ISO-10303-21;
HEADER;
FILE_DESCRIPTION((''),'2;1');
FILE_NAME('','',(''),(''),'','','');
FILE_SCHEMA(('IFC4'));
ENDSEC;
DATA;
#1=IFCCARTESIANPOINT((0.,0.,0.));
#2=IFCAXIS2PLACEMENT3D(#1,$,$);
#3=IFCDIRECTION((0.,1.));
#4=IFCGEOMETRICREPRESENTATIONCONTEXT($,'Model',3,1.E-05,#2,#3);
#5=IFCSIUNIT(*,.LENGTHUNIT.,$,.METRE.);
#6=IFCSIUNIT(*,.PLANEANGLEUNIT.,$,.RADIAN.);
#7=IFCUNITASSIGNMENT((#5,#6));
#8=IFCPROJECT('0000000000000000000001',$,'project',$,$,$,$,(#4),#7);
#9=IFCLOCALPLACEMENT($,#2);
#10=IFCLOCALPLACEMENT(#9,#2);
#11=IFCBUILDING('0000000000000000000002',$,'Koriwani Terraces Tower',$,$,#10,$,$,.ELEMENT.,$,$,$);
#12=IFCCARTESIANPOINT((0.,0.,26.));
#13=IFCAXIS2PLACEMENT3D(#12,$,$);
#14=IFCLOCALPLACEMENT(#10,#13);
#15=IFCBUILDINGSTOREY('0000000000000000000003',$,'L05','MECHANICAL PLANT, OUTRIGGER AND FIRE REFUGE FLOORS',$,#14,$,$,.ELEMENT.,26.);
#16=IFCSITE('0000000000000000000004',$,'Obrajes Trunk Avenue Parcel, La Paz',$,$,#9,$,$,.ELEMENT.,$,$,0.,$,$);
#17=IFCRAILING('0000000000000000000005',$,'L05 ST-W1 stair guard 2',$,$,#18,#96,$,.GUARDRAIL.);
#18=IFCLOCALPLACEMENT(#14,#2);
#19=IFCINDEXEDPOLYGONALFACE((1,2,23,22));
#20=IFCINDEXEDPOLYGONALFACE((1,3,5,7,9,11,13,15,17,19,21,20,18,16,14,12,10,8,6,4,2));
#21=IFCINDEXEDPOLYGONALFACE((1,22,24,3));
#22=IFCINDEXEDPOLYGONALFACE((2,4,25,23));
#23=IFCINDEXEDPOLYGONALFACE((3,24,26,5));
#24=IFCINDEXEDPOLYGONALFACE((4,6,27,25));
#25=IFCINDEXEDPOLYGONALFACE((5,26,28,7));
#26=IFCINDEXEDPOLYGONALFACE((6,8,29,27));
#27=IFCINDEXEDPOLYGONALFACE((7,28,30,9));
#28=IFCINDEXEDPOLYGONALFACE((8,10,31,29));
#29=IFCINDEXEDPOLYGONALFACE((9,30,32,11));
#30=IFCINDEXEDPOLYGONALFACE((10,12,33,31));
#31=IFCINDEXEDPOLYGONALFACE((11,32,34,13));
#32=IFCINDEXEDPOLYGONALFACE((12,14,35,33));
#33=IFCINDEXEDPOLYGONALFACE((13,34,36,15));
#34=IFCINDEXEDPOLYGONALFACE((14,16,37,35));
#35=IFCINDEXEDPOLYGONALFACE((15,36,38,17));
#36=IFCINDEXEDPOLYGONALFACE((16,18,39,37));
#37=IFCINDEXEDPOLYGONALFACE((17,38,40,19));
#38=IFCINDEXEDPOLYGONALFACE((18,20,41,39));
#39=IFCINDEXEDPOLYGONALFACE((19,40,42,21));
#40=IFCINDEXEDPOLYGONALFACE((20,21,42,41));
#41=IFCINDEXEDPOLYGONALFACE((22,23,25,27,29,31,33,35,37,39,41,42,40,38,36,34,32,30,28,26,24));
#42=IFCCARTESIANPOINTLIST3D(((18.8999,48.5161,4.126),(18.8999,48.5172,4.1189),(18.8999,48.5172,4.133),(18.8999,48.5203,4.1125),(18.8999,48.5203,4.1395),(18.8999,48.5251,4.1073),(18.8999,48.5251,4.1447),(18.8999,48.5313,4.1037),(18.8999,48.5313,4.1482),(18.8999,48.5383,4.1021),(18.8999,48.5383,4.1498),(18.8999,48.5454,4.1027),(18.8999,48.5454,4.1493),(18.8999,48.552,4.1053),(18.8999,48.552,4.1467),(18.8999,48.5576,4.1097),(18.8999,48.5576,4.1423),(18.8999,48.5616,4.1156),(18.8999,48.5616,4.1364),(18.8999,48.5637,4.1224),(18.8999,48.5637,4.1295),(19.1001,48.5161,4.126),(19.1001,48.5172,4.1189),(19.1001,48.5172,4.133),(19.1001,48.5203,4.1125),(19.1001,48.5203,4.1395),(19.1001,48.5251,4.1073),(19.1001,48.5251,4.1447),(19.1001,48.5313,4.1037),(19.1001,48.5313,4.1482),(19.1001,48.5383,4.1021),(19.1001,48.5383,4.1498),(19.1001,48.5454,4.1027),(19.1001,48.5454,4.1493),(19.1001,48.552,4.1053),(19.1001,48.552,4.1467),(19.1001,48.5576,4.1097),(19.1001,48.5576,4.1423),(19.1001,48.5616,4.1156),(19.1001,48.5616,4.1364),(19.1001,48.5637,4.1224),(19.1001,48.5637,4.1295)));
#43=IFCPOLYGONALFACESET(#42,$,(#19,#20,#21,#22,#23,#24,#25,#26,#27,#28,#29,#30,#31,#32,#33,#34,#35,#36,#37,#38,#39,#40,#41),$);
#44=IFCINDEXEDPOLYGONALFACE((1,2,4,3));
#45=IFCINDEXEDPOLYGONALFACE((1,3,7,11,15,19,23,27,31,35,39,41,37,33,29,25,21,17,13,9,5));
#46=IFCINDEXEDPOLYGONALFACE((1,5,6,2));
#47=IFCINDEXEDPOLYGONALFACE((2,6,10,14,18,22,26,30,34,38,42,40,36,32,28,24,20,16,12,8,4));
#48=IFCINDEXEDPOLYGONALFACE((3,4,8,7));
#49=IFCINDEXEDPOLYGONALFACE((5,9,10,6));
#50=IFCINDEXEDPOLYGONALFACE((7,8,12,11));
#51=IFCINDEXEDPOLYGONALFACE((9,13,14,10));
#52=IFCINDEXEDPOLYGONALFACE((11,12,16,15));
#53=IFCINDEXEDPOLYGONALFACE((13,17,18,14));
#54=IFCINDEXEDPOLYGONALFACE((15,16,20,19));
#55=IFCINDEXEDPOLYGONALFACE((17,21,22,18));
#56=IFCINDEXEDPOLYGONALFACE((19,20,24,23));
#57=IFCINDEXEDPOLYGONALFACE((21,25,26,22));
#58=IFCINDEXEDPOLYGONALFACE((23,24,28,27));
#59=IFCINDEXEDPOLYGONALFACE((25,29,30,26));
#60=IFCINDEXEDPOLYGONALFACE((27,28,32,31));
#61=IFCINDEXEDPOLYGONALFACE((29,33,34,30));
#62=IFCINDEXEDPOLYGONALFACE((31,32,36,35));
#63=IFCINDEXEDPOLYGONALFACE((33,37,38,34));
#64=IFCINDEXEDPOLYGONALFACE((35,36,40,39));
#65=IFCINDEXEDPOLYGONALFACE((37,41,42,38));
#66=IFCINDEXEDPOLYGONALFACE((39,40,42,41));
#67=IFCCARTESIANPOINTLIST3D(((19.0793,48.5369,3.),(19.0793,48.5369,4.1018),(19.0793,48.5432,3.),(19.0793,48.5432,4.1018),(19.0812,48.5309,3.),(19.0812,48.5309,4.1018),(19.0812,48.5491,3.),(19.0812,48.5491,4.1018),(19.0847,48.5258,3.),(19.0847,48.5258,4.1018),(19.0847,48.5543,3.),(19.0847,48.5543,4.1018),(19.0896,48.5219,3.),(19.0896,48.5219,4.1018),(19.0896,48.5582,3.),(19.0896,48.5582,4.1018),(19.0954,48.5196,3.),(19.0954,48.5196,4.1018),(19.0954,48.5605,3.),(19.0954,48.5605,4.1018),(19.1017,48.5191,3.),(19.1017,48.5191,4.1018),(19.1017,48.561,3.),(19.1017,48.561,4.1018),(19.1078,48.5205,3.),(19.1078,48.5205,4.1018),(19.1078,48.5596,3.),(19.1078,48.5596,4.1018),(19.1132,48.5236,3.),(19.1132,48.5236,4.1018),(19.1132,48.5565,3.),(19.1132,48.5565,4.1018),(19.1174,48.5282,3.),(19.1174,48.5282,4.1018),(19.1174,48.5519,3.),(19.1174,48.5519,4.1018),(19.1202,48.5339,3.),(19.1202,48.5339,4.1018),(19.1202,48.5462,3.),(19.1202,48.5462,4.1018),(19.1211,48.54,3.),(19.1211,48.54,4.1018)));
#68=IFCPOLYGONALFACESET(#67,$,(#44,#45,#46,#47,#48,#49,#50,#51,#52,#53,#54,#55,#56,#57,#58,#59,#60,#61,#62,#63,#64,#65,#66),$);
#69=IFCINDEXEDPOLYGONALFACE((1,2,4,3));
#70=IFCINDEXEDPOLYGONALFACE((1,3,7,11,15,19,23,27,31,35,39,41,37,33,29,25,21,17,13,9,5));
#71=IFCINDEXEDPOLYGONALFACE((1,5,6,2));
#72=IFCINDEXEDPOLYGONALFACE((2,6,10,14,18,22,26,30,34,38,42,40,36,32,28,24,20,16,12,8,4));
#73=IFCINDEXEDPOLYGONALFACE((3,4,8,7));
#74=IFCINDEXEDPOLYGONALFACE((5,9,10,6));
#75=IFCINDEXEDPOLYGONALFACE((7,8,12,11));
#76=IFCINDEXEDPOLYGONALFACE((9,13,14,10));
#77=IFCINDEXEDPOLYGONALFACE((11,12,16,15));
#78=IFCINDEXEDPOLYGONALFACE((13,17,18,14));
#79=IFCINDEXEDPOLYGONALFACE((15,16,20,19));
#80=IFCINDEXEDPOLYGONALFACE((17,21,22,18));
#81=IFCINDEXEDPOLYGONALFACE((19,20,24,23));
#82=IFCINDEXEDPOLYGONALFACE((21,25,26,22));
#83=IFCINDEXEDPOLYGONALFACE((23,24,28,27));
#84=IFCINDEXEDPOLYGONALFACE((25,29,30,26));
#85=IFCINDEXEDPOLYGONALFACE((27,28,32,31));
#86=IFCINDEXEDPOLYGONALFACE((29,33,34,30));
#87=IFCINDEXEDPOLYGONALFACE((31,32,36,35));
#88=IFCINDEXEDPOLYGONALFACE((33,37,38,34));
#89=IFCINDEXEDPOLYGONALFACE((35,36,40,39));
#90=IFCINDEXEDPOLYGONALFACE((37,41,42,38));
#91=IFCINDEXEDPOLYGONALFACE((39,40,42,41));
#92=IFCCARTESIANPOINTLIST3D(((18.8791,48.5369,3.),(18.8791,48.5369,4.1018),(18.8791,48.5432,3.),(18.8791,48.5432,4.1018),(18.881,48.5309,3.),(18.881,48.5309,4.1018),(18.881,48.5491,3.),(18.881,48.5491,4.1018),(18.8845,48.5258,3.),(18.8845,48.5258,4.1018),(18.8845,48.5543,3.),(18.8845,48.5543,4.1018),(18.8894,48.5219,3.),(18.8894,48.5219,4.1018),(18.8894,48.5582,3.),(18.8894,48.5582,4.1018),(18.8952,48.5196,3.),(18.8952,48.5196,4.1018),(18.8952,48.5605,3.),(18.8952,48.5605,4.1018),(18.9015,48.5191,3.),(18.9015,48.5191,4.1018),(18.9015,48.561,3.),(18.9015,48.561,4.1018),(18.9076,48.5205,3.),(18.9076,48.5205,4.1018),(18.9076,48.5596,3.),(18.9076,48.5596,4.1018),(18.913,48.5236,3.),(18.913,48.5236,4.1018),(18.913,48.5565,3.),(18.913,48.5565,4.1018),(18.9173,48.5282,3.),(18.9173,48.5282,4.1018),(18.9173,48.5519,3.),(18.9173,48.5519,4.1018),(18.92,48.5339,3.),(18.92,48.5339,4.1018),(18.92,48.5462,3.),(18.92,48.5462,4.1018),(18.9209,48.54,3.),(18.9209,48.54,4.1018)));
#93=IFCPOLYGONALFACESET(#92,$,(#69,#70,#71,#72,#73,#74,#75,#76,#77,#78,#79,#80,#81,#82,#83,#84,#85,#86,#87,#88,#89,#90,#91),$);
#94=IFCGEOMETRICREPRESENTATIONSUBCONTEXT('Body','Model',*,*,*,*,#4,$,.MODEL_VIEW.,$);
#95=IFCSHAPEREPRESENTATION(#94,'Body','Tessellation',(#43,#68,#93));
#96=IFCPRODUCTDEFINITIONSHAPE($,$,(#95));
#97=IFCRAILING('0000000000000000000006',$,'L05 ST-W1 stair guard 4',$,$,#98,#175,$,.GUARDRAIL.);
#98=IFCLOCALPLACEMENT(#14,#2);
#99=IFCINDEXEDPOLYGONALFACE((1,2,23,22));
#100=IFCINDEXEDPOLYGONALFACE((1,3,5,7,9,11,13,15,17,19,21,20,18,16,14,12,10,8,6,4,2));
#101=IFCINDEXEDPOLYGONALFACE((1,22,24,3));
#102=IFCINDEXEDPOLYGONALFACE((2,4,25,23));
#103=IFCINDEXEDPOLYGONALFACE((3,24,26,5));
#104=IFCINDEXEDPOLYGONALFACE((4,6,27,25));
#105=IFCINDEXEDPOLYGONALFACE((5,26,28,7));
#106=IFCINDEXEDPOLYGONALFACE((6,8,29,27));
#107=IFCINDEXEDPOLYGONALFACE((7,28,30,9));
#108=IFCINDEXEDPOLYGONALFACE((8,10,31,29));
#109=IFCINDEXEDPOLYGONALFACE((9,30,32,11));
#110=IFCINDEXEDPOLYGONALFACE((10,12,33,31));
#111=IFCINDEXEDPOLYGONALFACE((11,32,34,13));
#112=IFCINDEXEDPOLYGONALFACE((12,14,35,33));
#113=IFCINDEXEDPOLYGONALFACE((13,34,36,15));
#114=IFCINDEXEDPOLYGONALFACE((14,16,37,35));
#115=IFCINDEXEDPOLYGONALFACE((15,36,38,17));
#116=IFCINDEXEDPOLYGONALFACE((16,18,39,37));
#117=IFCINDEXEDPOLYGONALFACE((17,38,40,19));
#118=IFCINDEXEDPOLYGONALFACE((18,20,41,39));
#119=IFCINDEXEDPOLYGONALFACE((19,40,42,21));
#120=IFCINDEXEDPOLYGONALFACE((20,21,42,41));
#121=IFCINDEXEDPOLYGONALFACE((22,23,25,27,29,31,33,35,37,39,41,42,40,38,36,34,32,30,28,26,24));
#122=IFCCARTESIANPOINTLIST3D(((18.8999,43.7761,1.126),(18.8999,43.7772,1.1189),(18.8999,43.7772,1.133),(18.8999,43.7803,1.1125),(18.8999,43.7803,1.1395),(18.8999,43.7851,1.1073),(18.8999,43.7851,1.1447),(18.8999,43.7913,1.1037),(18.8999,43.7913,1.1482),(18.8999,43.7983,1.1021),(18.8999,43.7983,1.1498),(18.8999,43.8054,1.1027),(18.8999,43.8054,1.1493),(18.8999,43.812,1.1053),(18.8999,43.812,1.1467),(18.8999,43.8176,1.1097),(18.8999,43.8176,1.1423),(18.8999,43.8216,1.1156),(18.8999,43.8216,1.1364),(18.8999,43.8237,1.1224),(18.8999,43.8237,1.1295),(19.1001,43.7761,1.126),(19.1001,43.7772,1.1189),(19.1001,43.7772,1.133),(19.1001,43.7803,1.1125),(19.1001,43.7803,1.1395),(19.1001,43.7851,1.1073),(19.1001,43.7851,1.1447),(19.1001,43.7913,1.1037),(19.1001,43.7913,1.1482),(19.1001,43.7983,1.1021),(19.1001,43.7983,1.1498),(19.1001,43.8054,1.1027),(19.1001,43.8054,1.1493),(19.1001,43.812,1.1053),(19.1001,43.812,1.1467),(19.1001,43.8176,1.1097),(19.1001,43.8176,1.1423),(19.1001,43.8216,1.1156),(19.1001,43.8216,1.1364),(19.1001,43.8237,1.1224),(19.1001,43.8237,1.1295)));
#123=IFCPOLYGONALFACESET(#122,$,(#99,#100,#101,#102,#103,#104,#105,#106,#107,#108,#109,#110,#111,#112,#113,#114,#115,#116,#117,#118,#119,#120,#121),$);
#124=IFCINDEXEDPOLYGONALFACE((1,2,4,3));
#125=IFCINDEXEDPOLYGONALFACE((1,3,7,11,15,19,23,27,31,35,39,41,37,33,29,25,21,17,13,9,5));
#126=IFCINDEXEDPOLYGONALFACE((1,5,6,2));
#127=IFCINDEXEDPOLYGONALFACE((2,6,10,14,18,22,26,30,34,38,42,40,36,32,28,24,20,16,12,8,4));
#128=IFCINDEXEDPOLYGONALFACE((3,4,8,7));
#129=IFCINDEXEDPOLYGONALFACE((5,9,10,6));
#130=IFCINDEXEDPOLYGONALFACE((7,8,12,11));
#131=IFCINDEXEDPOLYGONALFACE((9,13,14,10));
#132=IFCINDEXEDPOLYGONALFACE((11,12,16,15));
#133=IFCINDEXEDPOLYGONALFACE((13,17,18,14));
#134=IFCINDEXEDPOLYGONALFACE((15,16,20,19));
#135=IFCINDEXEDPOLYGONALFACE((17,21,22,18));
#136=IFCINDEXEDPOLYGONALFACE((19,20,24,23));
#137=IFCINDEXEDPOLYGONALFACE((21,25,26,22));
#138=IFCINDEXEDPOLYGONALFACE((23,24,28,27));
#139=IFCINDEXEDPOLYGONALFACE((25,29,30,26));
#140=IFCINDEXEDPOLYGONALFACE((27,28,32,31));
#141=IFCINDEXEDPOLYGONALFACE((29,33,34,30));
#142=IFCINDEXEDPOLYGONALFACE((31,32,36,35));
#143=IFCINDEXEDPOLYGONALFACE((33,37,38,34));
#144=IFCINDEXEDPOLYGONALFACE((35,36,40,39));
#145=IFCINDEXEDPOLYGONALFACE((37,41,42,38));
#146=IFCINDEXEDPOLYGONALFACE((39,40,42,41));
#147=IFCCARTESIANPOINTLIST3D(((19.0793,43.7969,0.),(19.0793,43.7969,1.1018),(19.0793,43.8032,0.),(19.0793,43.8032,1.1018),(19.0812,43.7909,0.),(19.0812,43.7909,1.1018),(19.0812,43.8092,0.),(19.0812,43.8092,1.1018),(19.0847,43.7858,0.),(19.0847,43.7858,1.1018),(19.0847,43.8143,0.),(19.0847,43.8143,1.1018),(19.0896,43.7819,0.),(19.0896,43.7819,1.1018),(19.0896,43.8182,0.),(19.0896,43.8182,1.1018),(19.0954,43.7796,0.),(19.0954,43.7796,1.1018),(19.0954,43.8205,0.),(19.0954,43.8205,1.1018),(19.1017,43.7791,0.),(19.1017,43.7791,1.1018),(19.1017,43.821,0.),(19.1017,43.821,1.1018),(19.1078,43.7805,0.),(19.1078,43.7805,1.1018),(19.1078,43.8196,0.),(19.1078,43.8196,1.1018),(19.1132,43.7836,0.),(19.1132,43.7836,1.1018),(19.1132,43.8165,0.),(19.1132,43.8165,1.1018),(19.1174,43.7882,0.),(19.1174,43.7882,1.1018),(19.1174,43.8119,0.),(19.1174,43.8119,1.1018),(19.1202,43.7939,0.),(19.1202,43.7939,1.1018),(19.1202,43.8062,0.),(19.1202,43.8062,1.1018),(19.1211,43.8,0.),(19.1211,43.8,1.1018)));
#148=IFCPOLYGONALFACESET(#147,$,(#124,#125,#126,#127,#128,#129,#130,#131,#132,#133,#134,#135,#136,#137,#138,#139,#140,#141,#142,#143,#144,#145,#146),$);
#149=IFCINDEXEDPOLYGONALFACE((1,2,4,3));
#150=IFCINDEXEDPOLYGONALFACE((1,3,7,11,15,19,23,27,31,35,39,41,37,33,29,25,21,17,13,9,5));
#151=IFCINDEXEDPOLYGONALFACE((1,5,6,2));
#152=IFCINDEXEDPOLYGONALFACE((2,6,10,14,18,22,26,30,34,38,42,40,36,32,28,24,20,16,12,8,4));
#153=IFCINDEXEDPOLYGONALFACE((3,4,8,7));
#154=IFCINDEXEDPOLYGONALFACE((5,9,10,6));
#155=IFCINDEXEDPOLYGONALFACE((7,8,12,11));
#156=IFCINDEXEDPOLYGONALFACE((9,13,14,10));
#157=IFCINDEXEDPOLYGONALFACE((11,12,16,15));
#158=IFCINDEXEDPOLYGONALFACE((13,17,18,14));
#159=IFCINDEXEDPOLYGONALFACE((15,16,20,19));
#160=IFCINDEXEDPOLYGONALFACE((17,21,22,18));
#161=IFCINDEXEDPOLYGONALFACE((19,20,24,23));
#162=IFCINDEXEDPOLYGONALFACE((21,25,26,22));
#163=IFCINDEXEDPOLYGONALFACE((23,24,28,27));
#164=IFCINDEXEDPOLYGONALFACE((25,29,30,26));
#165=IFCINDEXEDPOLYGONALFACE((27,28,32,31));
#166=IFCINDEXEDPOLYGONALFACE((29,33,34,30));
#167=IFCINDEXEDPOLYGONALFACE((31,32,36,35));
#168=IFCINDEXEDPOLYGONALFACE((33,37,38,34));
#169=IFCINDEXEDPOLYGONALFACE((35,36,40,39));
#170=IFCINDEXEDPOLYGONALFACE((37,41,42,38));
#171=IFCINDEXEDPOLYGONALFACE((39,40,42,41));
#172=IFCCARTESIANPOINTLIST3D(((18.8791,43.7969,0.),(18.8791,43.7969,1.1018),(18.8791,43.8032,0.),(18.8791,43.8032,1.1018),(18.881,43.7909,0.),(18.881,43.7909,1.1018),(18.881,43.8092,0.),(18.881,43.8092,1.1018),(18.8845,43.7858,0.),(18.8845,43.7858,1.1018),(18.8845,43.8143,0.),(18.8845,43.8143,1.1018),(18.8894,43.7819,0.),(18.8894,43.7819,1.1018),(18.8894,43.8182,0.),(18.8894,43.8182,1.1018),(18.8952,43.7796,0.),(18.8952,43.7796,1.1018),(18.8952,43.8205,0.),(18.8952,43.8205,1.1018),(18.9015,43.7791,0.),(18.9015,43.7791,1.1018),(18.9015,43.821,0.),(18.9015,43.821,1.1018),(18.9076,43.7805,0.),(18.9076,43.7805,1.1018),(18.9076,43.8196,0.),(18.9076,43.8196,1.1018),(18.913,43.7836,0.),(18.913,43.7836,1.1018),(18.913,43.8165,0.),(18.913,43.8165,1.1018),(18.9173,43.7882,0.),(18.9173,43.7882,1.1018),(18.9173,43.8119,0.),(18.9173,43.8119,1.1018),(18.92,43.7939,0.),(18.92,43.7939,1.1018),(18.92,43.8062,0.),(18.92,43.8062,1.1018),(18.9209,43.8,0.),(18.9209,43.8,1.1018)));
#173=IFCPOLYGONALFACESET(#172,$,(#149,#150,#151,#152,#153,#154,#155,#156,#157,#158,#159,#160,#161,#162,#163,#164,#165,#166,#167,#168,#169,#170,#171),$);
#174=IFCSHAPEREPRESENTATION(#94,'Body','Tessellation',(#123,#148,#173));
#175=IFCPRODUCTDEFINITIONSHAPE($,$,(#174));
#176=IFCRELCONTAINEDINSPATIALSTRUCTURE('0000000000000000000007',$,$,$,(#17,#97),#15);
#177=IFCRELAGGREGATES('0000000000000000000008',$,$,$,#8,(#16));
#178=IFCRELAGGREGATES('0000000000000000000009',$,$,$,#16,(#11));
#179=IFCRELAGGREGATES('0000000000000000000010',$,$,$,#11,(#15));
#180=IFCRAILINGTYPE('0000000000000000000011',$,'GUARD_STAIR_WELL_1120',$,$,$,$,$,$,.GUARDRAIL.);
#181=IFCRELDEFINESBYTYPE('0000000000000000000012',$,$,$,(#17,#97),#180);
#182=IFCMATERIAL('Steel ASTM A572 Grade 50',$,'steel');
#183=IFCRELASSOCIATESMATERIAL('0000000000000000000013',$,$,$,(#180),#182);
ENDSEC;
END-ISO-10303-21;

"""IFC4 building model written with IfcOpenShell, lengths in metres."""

from ifc_helpers import new_model, si_unit, direction, frame, origin, origin_2d, place, context, subcontext, project, spatial, circle, extrude, material, type_object, element, save


model = new_model("IFC4")

# Units and contexts
model_context = context("Model", 3, precision=1e-05, world=origin(), true_north=direction((0.0, 1.0)))
body_context = subcontext(model_context, "Body", "Model", "MODEL_VIEW")
ifc_project = project(units=[si_unit("LENGTHUNIT", "METRE"), si_unit("PLANEANGLEUNIT", "RADIAN")], contexts=[model_context])

# Site, building, storey
site_placement = place(None, origin())
site = spatial("IfcSite", under=ifc_project, at=site_placement, Name="Obrajes Trunk Avenue Parcel, La Paz", CompositionType="ELEMENT", RefElevation=0.0)
building_placement = place(site_placement, origin())
building = spatial("IfcBuilding", under=site, at=building_placement, Name="Koriwani Terraces Tower", CompositionType="ELEMENT")
storey_placement = place(building_placement, frame((0.0, 0.0, 26.0)))
storey = spatial("IfcBuildingStorey", under=building, at=storey_placement, Name="L05", Description="MECHANICAL PLANT, OUTRIGGER AND FIRE REFUGE FLOORS", CompositionType="ELEMENT", Elevation=26.0)

# Shared definitions
ifc_material_1 = material(Name="Steel ASTM A572 Grade 50", Category="steel")

# Railings
railing_type_1 = type_object("IfcRailingType", Name="GUARD_STAIR_WELL_1120", PredefinedType="GUARDRAIL", material=ifc_material_1)
for number, where, name in (
    (1, (19.1001, 48.54, 3.0), "L05 ST-W1 stair guard 2"),
    (2, (19.1001, 43.8, 0.0), "L05 ST-W1 stair guard 4"),
):
    element("IfcRailing", number, at=place(storey_placement, frame(where)), inside=storey, type_object=railing_type_1, Name=name, PredefinedType="GUARDRAIL", context=body_context, shape_type="SweptSolid", body=[
        extrude(circle(Radius=0.0239, at=origin_2d()), frame((0.0, 0.0, 1.126), z_axis=(-1.0, 0.0, 0.0), x_axis=(0.0, -1.0, 0.0)), (0.0, 0.0, 1.0), 0.2002),
        extrude(circle(Radius=0.021, at=origin_2d()), origin(), (0.0, 0.0, 1.0), 1.1018),
        extrude(circle(Radius=0.021, at=origin_2d()), frame((-0.2002, 0.0, 0.0)), (0.0, 0.0, 1.0), 1.1018),
    ])

save(model, "model.ifc")
